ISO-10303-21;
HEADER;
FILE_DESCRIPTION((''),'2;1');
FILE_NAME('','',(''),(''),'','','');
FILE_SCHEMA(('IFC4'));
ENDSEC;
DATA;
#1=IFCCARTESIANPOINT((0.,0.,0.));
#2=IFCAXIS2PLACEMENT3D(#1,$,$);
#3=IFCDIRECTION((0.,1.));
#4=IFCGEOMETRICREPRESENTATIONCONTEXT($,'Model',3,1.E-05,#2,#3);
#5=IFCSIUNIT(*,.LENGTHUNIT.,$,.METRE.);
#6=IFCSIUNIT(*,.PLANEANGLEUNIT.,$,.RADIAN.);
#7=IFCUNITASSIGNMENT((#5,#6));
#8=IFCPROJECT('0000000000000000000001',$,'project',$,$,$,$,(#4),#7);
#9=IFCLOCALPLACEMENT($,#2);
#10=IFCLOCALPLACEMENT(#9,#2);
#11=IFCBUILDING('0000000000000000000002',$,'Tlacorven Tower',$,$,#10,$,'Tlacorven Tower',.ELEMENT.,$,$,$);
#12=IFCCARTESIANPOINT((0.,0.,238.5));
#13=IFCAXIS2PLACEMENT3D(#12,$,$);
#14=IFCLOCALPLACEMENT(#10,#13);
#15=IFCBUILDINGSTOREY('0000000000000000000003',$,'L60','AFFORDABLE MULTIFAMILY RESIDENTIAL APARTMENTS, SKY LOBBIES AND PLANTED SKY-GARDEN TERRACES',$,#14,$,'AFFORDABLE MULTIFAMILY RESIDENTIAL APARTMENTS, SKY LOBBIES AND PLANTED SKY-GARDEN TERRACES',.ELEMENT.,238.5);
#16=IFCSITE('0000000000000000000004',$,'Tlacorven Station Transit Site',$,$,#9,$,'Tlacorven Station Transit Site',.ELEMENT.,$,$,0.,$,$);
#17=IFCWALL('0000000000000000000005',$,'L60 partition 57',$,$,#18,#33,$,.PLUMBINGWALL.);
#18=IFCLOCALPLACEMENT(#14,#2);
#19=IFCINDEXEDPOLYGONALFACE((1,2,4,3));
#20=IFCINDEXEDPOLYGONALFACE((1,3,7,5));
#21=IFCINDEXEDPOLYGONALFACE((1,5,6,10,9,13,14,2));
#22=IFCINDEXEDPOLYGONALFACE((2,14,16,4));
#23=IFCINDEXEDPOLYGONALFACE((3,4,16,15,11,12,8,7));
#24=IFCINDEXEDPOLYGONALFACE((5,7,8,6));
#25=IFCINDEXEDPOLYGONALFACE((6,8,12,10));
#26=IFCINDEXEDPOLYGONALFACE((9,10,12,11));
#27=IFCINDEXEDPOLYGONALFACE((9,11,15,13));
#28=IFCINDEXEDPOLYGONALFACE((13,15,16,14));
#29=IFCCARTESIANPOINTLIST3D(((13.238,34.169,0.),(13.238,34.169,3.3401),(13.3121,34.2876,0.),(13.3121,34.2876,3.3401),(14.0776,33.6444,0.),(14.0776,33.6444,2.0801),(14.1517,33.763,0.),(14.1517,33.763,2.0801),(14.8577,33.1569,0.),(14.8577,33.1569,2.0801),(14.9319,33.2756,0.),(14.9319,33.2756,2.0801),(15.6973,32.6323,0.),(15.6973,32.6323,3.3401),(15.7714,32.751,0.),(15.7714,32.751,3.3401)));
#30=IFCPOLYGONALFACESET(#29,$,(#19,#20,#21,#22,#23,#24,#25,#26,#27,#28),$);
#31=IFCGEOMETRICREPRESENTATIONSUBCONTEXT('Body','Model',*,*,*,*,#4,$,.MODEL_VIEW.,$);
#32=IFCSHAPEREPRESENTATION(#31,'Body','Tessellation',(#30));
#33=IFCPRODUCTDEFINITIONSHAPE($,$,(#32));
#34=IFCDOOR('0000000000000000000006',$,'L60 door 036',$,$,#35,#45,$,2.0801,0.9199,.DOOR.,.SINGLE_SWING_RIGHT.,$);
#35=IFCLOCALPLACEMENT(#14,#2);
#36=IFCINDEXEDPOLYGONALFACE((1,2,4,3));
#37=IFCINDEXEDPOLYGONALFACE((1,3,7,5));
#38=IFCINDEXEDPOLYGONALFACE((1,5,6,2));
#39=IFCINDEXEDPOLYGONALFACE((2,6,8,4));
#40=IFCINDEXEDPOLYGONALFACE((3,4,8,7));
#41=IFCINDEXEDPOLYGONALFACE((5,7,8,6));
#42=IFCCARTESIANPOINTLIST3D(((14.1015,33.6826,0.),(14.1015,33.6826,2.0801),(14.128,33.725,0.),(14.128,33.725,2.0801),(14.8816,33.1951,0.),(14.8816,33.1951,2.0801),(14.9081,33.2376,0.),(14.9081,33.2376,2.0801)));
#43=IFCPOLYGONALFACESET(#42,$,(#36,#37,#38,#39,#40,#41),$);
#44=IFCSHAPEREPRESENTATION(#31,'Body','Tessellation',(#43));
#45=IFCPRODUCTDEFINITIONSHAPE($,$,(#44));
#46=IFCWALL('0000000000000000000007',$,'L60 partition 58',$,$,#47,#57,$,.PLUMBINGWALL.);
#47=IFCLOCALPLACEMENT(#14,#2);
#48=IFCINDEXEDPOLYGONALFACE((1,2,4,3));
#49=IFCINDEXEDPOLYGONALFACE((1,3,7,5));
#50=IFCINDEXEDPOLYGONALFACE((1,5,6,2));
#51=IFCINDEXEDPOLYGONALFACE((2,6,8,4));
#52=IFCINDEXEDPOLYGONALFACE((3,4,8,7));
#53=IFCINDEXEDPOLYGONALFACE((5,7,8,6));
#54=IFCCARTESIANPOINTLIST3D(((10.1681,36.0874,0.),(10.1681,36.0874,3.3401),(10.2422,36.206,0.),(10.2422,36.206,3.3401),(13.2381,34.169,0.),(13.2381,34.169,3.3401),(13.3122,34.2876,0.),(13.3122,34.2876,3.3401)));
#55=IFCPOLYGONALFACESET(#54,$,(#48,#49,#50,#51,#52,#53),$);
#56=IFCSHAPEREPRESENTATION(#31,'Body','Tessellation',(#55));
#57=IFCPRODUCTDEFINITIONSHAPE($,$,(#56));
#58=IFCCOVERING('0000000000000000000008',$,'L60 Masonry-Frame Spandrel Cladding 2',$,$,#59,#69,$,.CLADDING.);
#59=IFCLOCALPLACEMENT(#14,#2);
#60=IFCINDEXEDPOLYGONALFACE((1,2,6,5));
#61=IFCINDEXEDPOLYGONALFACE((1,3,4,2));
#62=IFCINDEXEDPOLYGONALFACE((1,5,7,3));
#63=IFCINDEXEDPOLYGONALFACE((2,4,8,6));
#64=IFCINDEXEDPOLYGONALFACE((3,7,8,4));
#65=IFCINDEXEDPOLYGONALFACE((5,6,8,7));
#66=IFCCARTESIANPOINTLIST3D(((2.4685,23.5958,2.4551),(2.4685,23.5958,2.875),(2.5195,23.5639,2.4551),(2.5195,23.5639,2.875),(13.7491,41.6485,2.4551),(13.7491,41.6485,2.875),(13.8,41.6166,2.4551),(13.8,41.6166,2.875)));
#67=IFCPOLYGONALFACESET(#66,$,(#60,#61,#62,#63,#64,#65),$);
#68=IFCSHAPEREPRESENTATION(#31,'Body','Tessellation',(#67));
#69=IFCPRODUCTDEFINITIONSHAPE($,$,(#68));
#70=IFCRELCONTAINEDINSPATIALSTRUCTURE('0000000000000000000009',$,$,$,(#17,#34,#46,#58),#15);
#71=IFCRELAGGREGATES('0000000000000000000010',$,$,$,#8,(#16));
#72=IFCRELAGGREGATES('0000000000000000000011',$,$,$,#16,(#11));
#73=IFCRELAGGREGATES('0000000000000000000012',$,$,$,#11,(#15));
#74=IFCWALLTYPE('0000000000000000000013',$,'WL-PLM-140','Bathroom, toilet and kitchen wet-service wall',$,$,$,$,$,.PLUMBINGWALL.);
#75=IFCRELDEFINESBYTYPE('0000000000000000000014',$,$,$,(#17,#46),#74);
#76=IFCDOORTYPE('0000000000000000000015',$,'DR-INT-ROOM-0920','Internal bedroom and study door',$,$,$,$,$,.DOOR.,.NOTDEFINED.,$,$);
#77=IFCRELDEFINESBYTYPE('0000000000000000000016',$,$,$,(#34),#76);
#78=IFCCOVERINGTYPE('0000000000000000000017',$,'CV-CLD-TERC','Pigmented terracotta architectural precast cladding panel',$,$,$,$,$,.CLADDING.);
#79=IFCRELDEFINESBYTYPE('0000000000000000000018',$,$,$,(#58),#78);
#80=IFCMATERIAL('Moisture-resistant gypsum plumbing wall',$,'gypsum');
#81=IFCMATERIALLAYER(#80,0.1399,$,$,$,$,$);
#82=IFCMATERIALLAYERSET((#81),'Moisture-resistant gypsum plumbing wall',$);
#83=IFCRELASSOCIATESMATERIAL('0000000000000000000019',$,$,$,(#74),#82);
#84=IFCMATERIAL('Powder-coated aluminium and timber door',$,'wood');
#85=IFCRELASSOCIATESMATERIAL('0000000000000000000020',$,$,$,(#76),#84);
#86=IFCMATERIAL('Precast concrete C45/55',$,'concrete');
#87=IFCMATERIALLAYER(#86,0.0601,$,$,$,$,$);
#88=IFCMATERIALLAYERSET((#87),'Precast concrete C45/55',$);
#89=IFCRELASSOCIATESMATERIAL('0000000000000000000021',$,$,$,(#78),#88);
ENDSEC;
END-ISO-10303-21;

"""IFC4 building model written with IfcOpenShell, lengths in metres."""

from ifc_helpers import new_model, si_unit, direction, frame, frame_2d, origin, origin_2d, place, context, subcontext, project, spatial, rectangle, extrude, source, transform, mapped, material, layer, layer_set, type_object, element, fill, save


model = new_model("IFC4")

# Units and contexts
model_context = context("Model", 3, precision=1e-05, world=origin(), true_north=direction((0.0, 1.0)))
body_context = subcontext(model_context, "Body", "Model", "MODEL_VIEW")
ifc_project = project(units=[si_unit("LENGTHUNIT", "METRE"), si_unit("PLANEANGLEUNIT", "RADIAN")], contexts=[model_context])

# Site, building, storey
site_placement = place(None, origin())
site = spatial("IfcSite", under=ifc_project, at=site_placement, Name="Tlacorven Station Transit Site", LongName="Tlacorven Station Transit Site", CompositionType="ELEMENT", RefElevation=0.0)
building_placement = place(site_placement, origin())
building = spatial("IfcBuilding", under=site, at=building_placement, Name="Tlacorven Tower", LongName="Tlacorven Tower", CompositionType="ELEMENT")
storey_placement = place(building_placement, frame((0.0, 0.0, 238.5)))
storey = spatial("IfcBuildingStorey", under=building, at=storey_placement, Name="L60", Description="AFFORDABLE MULTIFAMILY RESIDENTIAL APARTMENTS, SKY LOBBIES AND PLANTED SKY-GARDEN TERRACES", LongName="AFFORDABLE MULTIFAMILY RESIDENTIAL APARTMENTS, SKY LOBBIES AND PLANTED SKY-GARDEN TERRACES", CompositionType="ELEMENT", Elevation=238.5)

# Wall, opening, door
ifc_material_1 = material(Name="Moisture-resistant gypsum plumbing wall", Category="gypsum")
ifc_layer_1 = layer(ifc_material_1, 0.1399)
ifc_layer_set_1 = layer_set([ifc_layer_1], Name="Moisture-resistant gypsum plumbing wall")
wall_type_1 = type_object("IfcWallType", Name="WL-PLM-140", Description="Bathroom, toilet and kitchen wet-service wall", PredefinedType="PLUMBINGWALL", material=ifc_layer_set_1)
wall_1_placement = place(storey_placement, frame((15.7344, 32.6917, 0.0), z_axis=(0.0, 0.0, 1.0), x_axis=(-0.84806, 0.529901, 0.0)))
wall_1 = element("IfcWall", 1, at=wall_1_placement, inside=storey, type_object=wall_type_1, Name="L60 partition 57", PredefinedType="PLUMBINGWALL", context=body_context, shape_type="SweptSolid", body=[
    extrude(rectangle(XDim=2.8999, YDim=0.1399, at=frame_2d((1.45, 0.0))), origin(), (0.0, 0.0, 1.0), 3.3401),
])
opening_placement = place(wall_1_placement, frame((0.99, 0.0, 0.0)))
opening = element("IfcOpeningElement", 2, at=opening_placement, cuts=wall_1, PredefinedType="OPENING", context=body_context, shape_type="SweptSolid", body=[
    extrude(rectangle(XDim=0.9199, YDim=2.0801, at=frame_2d((0.46, 1.04))), frame((0.0, 0.0801, 0.0), z_axis=(0.0, -1.0, 0.0), x_axis=(1.0, 0.0, 0.0)), (0.0, 0.0, 1.0), 0.1599),
])
ifc_material_2 = material(Name="Powder-coated aluminium and timber door", Category="wood")
door_type = type_object("IfcDoorType", Name="DR-INT-ROOM-0920", Description="Internal bedroom and study door", OperationType="NOTDEFINED", PredefinedType="DOOR", material=ifc_material_2)
shared_shape_1 = source(origin(), body_context, "Body", "SweptSolid", [
    extrude(rectangle(XDim=0.9199, YDim=2.0801, at=frame_2d((0.46, 1.04))), frame((0.0, 0.0249, 0.0), z_axis=(0.0, -1.0, 0.0), x_axis=(1.0, 0.0, 0.0)), (0.0, 0.0, 1.0), 0.05),
])
door_placement = place(opening_placement, origin())
door = element("IfcDoor", 3, at=door_placement, inside=storey, type_object=door_type, Name="L60 door 036", OperationType="SINGLE_SWING_RIGHT", OverallHeight=2.0801, OverallWidth=0.9199, PredefinedType="DOOR", context=body_context, shape_type="MappedRepresentation", body=[
    mapped(shared_shape_1, transform((0.0, 0.0, 0.0), scale=1.0)),
])
fill(opening, door)

# Wall
wall_2_placement = place(storey_placement, frame((13.2751, 34.2283, 0.0), z_axis=(0.0, 0.0, 1.0), x_axis=(-0.84804, 0.529932, 0.0)))
element("IfcWall", 4, at=wall_2_placement, inside=storey, type_object=wall_type_1, Name="L60 partition 58", PredefinedType="PLUMBINGWALL", context=body_context, shape_type="SweptSolid", body=[
    extrude(rectangle(XDim=3.6201, YDim=0.1399, at=frame_2d((1.8101, 0.0))), origin(), (0.0, 0.0, 1.0), 3.3401),
])

# Covering
ifc_material_3 = material(Name="Precast concrete C45/55", Category="concrete")
ifc_layer_2 = layer(ifc_material_3, 0.0601)
ifc_layer_set_2 = layer_set([ifc_layer_2], Name="Precast concrete C45/55")
covering_type = type_object("IfcCoveringType", Name="CV-CLD-TERC", Description="Pigmented terracotta architectural precast cladding panel", PredefinedType="CLADDING", material=ifc_layer_set_2)
shared_shape_2 = source(origin(), body_context, "Body", "SweptSolid", [
    extrude(rectangle(XDim=21.2874, YDim=0.0601, at=origin_2d()), origin(), (0.0, 0.0, 1.0), 0.4199),
])
covering_placement = place(storey_placement, frame((8.1343, 32.6062, 2.4551), z_axis=(0.0, 0.0, 1.0), x_axis=(0.529919, 0.848048, 0.0)))
element("IfcCovering", 5, at=covering_placement, inside=storey, type_object=covering_type, Name="L60 Masonry-Frame Spandrel Cladding 2", PredefinedType="CLADDING", context=body_context, shape_type="MappedRepresentation", body=[
    mapped(shared_shape_2, transform((0.0, 0.0, 0.0), scale=1.0)),
])

save(model, "model.ifc")
